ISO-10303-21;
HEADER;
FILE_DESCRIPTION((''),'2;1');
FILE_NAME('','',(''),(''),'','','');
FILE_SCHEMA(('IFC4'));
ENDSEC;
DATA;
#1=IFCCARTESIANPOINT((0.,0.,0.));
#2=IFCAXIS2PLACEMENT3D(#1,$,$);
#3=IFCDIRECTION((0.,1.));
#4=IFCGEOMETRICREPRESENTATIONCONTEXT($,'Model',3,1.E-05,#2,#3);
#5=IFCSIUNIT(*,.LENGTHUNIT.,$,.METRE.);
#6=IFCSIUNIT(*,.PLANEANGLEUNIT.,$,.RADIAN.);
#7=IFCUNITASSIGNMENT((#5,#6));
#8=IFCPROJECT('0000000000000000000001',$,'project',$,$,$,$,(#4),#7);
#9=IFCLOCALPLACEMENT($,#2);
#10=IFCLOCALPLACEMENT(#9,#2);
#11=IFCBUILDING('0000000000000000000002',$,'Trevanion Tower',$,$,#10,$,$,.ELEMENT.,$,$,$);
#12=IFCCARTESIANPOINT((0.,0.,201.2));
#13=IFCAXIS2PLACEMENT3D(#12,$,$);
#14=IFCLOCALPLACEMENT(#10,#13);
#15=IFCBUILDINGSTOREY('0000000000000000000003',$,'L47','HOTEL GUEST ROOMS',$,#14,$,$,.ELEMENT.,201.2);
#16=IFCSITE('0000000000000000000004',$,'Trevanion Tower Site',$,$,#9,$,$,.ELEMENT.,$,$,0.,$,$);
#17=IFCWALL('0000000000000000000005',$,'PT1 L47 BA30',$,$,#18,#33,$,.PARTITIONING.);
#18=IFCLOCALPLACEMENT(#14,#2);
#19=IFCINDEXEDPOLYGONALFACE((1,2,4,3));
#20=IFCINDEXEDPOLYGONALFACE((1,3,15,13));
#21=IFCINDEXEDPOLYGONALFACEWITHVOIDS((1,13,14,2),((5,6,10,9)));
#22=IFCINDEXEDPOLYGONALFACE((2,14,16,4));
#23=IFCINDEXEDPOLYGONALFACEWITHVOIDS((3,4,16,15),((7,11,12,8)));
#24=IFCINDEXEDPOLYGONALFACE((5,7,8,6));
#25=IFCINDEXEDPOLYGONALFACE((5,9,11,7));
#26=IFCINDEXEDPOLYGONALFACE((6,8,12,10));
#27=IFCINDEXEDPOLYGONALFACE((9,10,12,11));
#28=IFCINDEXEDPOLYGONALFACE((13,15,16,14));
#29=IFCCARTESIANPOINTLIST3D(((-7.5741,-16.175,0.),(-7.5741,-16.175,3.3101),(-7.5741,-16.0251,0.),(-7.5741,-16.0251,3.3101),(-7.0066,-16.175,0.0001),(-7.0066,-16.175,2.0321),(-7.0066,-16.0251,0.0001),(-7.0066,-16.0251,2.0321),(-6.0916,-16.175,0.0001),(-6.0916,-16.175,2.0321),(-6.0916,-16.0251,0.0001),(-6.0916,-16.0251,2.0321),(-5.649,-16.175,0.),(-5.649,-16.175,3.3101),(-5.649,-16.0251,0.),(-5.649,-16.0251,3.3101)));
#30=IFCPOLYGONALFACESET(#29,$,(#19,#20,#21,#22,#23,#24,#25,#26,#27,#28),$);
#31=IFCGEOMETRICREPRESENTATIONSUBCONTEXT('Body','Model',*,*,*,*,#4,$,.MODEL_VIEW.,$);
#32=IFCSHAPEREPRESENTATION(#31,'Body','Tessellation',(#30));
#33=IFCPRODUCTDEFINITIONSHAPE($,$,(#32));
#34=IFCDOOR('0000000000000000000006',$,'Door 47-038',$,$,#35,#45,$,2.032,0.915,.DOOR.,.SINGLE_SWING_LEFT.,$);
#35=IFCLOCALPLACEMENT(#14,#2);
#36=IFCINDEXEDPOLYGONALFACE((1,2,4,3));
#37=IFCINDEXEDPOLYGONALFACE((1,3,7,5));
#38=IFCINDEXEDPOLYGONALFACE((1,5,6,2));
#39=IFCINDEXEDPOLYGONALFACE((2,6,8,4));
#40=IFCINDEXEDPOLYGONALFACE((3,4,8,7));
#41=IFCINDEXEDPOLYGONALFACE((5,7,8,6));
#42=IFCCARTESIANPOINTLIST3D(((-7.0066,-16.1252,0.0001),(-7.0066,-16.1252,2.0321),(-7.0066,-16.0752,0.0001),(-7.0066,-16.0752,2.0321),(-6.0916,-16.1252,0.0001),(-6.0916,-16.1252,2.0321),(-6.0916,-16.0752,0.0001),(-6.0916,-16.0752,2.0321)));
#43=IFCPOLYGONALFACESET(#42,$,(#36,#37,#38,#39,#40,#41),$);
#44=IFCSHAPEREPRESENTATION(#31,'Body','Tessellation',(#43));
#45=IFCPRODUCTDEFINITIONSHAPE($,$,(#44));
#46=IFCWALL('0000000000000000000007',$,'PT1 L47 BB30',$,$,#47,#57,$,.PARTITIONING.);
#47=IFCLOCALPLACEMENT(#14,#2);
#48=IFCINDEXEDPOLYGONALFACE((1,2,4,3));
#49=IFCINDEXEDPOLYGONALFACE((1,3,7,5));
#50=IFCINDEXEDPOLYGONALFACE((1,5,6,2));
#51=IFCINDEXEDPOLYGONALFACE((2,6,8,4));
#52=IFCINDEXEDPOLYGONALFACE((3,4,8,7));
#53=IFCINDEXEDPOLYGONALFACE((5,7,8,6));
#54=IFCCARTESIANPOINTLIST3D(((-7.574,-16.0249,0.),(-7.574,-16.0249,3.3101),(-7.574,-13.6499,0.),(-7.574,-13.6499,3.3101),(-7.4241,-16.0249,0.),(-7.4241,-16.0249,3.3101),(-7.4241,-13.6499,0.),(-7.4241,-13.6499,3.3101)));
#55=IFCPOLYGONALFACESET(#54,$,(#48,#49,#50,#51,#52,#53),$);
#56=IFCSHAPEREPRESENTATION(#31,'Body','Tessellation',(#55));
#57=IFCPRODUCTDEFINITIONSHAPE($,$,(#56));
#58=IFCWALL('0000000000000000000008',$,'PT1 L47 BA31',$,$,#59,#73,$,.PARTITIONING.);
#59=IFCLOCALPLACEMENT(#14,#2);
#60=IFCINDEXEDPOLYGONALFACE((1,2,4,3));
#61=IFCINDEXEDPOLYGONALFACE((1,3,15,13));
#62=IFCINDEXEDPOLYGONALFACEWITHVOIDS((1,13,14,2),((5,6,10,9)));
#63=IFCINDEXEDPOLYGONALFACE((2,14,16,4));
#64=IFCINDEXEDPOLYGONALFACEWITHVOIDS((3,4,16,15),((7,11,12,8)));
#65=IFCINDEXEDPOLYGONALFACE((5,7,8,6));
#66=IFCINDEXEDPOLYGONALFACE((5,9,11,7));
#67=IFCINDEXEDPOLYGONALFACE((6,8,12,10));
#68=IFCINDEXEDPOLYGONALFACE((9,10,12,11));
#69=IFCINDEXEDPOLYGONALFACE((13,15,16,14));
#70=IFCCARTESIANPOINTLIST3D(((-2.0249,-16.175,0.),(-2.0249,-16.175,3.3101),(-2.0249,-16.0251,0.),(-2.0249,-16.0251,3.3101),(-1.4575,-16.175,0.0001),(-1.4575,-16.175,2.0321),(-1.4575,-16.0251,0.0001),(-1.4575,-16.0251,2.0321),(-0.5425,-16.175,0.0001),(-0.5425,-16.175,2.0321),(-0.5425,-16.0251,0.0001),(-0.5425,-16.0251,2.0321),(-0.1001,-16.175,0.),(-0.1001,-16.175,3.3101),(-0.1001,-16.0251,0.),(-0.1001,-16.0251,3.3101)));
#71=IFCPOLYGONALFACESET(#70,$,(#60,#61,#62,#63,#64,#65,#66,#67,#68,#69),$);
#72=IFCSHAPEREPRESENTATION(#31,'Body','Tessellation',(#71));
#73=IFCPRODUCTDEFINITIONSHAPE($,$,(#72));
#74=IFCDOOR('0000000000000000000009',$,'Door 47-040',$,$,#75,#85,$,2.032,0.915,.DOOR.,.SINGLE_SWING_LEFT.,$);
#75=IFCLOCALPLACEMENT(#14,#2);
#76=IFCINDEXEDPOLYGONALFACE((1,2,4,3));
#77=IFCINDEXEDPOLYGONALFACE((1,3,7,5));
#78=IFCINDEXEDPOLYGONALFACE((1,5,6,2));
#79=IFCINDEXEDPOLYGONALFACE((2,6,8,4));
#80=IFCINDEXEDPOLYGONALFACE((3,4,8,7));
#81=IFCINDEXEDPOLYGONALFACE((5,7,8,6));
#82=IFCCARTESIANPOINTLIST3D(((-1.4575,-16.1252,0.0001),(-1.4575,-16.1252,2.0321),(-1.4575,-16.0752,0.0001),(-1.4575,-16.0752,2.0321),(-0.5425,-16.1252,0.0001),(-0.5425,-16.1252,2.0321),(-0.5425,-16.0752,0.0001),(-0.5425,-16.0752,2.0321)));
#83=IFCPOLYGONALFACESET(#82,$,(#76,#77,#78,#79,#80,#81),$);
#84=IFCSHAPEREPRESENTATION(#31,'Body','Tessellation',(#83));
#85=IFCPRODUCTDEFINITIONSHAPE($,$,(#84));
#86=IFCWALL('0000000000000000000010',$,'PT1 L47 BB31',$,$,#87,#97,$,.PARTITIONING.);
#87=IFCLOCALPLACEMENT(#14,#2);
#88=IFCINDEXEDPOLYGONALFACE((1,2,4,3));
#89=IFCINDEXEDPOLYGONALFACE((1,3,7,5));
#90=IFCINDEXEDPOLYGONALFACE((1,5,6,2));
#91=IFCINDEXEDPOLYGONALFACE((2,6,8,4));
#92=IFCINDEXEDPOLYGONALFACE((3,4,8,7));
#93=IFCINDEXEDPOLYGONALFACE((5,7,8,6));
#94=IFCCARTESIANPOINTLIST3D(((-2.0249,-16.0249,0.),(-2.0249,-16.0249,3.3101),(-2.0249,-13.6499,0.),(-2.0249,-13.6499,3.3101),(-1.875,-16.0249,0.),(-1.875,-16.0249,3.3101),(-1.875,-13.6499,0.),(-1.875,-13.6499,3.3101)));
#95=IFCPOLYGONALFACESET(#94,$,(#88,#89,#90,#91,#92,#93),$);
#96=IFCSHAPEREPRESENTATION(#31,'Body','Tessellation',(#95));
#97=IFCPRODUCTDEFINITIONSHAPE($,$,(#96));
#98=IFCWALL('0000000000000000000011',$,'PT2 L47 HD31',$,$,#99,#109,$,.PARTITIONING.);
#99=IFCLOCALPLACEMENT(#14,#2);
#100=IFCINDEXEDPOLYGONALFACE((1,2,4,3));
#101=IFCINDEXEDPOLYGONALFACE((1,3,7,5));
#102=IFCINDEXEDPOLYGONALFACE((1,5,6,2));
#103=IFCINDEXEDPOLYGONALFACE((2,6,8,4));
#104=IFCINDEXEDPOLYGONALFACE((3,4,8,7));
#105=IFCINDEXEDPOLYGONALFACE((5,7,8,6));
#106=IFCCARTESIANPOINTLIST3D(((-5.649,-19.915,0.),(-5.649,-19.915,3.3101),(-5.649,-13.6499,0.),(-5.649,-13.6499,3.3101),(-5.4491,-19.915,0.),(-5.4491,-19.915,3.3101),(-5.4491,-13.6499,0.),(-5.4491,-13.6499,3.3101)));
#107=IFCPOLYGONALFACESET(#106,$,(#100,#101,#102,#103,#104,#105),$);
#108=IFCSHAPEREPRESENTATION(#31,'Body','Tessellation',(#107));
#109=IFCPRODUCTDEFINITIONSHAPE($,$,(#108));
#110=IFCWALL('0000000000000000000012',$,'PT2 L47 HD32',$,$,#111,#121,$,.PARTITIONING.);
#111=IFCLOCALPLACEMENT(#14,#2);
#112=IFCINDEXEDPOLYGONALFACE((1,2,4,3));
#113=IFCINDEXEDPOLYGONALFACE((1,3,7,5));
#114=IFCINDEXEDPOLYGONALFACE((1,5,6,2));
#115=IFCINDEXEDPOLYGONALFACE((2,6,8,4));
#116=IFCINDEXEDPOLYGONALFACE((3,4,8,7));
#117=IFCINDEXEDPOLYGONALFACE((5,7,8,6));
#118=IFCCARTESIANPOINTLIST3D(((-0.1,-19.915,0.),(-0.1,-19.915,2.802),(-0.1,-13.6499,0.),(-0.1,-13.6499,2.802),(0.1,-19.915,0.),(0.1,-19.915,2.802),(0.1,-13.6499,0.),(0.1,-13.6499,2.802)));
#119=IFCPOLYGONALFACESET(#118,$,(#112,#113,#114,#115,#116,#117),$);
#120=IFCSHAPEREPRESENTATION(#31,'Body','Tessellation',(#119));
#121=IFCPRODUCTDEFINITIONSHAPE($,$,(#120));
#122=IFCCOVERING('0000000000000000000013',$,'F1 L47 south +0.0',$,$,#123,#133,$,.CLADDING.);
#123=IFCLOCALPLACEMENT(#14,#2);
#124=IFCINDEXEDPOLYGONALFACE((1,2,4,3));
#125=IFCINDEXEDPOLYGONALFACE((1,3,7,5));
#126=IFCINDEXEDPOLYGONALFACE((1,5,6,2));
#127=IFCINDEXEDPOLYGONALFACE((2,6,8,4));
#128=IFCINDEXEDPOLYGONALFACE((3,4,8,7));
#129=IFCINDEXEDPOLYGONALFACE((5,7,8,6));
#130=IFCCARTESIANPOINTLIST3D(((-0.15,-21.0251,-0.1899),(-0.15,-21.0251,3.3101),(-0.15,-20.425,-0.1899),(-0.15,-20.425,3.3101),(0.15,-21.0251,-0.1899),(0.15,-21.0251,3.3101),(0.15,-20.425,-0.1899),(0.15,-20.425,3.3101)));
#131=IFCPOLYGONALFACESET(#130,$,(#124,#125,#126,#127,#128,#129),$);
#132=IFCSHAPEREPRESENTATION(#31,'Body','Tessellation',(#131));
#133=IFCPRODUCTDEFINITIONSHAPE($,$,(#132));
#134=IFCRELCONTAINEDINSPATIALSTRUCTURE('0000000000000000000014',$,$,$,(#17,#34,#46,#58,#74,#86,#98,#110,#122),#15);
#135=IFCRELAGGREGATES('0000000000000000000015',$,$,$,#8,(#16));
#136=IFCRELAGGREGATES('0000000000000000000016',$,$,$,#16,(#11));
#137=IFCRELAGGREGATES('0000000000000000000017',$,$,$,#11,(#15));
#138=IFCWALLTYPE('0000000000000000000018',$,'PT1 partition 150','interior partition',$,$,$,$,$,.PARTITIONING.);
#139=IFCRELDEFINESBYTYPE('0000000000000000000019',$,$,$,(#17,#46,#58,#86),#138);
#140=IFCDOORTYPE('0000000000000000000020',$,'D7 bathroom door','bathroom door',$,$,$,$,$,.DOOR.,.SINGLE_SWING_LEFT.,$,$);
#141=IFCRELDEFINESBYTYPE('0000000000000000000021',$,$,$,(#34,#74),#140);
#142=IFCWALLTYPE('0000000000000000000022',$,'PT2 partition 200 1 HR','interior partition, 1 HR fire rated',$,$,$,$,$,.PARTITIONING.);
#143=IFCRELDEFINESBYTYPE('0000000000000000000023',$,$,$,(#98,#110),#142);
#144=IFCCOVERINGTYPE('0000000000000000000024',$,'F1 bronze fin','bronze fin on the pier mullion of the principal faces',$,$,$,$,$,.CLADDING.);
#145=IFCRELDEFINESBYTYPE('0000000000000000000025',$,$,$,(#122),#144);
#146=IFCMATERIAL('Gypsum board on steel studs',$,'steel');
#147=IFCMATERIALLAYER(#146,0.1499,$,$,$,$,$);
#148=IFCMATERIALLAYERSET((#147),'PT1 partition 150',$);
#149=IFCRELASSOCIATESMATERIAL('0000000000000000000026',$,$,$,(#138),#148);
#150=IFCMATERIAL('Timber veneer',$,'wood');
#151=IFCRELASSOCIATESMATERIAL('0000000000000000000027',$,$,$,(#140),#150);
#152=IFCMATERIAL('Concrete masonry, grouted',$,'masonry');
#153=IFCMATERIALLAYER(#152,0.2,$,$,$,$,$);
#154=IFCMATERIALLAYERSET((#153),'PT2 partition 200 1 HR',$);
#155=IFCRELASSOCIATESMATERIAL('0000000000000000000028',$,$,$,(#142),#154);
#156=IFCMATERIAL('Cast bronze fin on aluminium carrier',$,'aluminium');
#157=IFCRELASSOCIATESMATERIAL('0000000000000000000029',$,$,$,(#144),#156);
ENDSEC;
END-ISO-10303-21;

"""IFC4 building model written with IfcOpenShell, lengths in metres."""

from ifc_helpers import new_model, si_unit, direction, frame, frame_2d, origin, origin_2d, place, context, subcontext, project, spatial, rectangle, extrude, material, layer, layer_set, type_object, element, fill, save


model = new_model("IFC4")

# Units and contexts
model_context = context("Model", 3, precision=1e-05, world=origin(), true_north=direction((0.0, 1.0)))
body_context = subcontext(model_context, "Body", "Model", "MODEL_VIEW")
ifc_project = project(units=[si_unit("LENGTHUNIT", "METRE"), si_unit("PLANEANGLEUNIT", "RADIAN")], contexts=[model_context])

# Site, building, storey
site_placement = place(None, origin())
site = spatial("IfcSite", under=ifc_project, at=site_placement, Name="Trevanion Tower Site", CompositionType="ELEMENT", RefElevation=0.0)
building_placement = place(site_placement, origin())
building = spatial("IfcBuilding", under=site, at=building_placement, Name="Trevanion Tower", CompositionType="ELEMENT")
storey_placement = place(building_placement, frame((0.0, 0.0, 201.2)))
storey = spatial("IfcBuildingStorey", under=building, at=storey_placement, Name="L47", Description="HOTEL GUEST ROOMS", CompositionType="ELEMENT", Elevation=201.2)

# Wall, opening, door
ifc_material_1 = material(Name="Gypsum board on steel studs", Category="steel")
ifc_layer_1 = layer(ifc_material_1, 0.1499)
ifc_layer_set_1 = layer_set([ifc_layer_1], Name="PT1 partition 150")
wall_type_1 = type_object("IfcWallType", Name="PT1 partition 150", Description="interior partition", PredefinedType="PARTITIONING", material=ifc_layer_set_1)
wall_1_placement = place(storey_placement, frame((-7.574, -16.1001, 0.0), z_axis=(0.0, 0.0, 1.0), x_axis=(1.0, 0.0, 0.0)))
wall_1 = element("IfcWall", 1, at=wall_1_placement, inside=storey, type_object=wall_type_1, Name="PT1 L47 BA30", PredefinedType="PARTITIONING", context=body_context, shape_type="SweptSolid", body=[
    extrude(rectangle(XDim=1.925, YDim=0.1499, at=frame_2d((0.9624, 0.0))), origin(), (0.0, 0.0, 1.0), 3.3101),
])
opening_1_placement = place(wall_1_placement, frame((0.5674, 0.0, 0.0)))
opening_1 = element("IfcOpeningElement", 2, at=opening_1_placement, cuts=wall_1, PredefinedType="OPENING", context=body_context, shape_type="SweptSolid", body=[
    extrude(rectangle(XDim=0.915, YDim=2.032, at=frame_2d((0.4575, 1.0161))), frame((0.0, 0.085, 0.0), z_axis=(0.0, -1.0, 0.0), x_axis=(1.0, 0.0, 0.0)), (0.0, 0.0, 1.0), 0.1699),
])
ifc_material_2 = material(Name="Timber veneer", Category="wood")
door_type = type_object("IfcDoorType", Name="D7 bathroom door", Description="bathroom door", OperationType="SINGLE_SWING_LEFT", PredefinedType="DOOR", material=ifc_material_2)
door_1_placement = place(opening_1_placement, origin())
door_1 = element("IfcDoor", 3, at=door_1_placement, inside=storey, type_object=door_type, Name="Door 47-038", OperationType="SINGLE_SWING_LEFT", OverallHeight=2.032, OverallWidth=0.915, PredefinedType="DOOR", context=body_context, shape_type="SweptSolid", body=[
    extrude(rectangle(XDim=0.915, YDim=2.032, at=frame_2d((0.4575, 1.0161))), frame((0.0, 0.0249, 0.0), z_axis=(0.0, -1.0, 0.0), x_axis=(1.0, 0.0, 0.0)), (0.0, 0.0, 1.0), 0.05),
])
fill(opening_1, door_1)

# Wall
wall_2_placement = place(storey_placement, frame((-7.499, -13.6499, 0.0), z_axis=(0.0, 0.0, 1.0), x_axis=(0.0, -1.0, 0.0)))
element("IfcWall", 4, at=wall_2_placement, inside=storey, type_object=wall_type_1, Name="PT1 L47 BB30", PredefinedType="PARTITIONING", context=body_context, shape_type="SweptSolid", body=[
    extrude(rectangle(XDim=2.375, YDim=0.1499, at=frame_2d((1.1875, 0.0))), origin(), (0.0, 0.0, 1.0), 3.3101),
])

# Wall, opening, door
wall_3_placement = place(storey_placement, frame((-2.0249, -16.1001, 0.0), z_axis=(0.0, 0.0, 1.0), x_axis=(1.0, 0.0, 0.0)))
wall_3 = element("IfcWall", 5, at=wall_3_placement, inside=storey, type_object=wall_type_1, Name="PT1 L47 BA31", PredefinedType="PARTITIONING", context=body_context, shape_type="SweptSolid", body=[
    extrude(rectangle(XDim=1.9248, YDim=0.1499, at=frame_2d((0.9624, 0.0))), origin(), (0.0, 0.0, 1.0), 3.3101),
])
opening_2_placement = place(wall_3_placement, frame((0.5674, 0.0, 0.0)))
opening_2 = element("IfcOpeningElement", 6, at=opening_2_placement, cuts=wall_3, PredefinedType="OPENING", context=body_context, shape_type="SweptSolid", body=[
    extrude(rectangle(XDim=0.915, YDim=2.032, at=frame_2d((0.4575, 1.0161))), frame((0.0, 0.085, 0.0), z_axis=(0.0, -1.0, 0.0), x_axis=(1.0, 0.0, 0.0)), (0.0, 0.0, 1.0), 0.1699),
])
door_2_placement = place(opening_2_placement, origin())
door_2 = element("IfcDoor", 7, at=door_2_placement, inside=storey, type_object=door_type, Name="Door 47-040", OperationType="SINGLE_SWING_LEFT", OverallHeight=2.032, OverallWidth=0.915, PredefinedType="DOOR", context=body_context, shape_type="SweptSolid", body=[
    extrude(rectangle(XDim=0.915, YDim=2.032, at=frame_2d((0.4575, 1.0161))), frame((0.0, 0.0249, 0.0), z_axis=(0.0, -1.0, 0.0), x_axis=(1.0, 0.0, 0.0)), (0.0, 0.0, 1.0), 0.05),
])
fill(opening_2, door_2)

# Walls
wall_4_placement = place(storey_placement, frame((-1.95, -13.6499, 0.0), z_axis=(0.0, 0.0, 1.0), x_axis=(0.0, -1.0, 0.0)))
element("IfcWall", 8, at=wall_4_placement, inside=storey, type_object=wall_type_1, Name="PT1 L47 BB31", PredefinedType="PARTITIONING", context=body_context, shape_type="SweptSolid", body=[
    extrude(rectangle(XDim=2.375, YDim=0.1499, at=frame_2d((1.1875, 0.0))), origin(), (0.0, 0.0, 1.0), 3.3101),
])
ifc_material_3 = material(Name="Concrete masonry, grouted", Category="masonry")
ifc_layer_2 = layer(ifc_material_3, 0.2)
ifc_layer_set_2 = layer_set([ifc_layer_2], Name="PT2 partition 200 1 HR")
wall_type_2 = type_object("IfcWallType", Name="PT2 partition 200 1 HR", Description="interior partition, 1 HR fire rated", PredefinedType="PARTITIONING", material=ifc_layer_set_2)
wall_5_placement = place(storey_placement, frame((-5.5491, -13.6499, 0.0), z_axis=(0.0, 0.0, 1.0), x_axis=(0.0, -1.0, 0.0)))
element("IfcWall", 9, at=wall_5_placement, inside=storey, type_object=wall_type_2, Name="PT2 L47 HD31", PredefinedType="PARTITIONING", context=body_context, shape_type="SweptSolid", body=[
    extrude(rectangle(XDim=6.2651, YDim=0.2, at=frame_2d((3.1326, 0.0))), origin(), (0.0, 0.0, 1.0), 3.3101),
])
wall_6_placement = place(storey_placement, frame((0.0, -13.6499, 0.0), z_axis=(0.0, 0.0, 1.0), x_axis=(0.0, -1.0, 0.0)))
element("IfcWall", 10, at=wall_6_placement, inside=storey, type_object=wall_type_2, Name="PT2 L47 HD32", PredefinedType="PARTITIONING", context=body_context, shape_type="SweptSolid", body=[
    extrude(rectangle(XDim=6.2651, YDim=0.2, at=frame_2d((3.1326, 0.0))), origin(), (0.0, 0.0, 1.0), 2.802),
])

# Covering
ifc_material_4 = material(Name="Cast bronze fin on aluminium carrier", Category="aluminium")
covering_type = type_object("IfcCoveringType", Name="F1 bronze fin", Description="bronze fin on the pier mullion of the principal faces", PredefinedType="CLADDING", material=ifc_material_4)
covering_placement = place(storey_placement, frame((0.0, -20.7251, -0.1899), z_axis=(0.0, 0.0, 1.0), x_axis=(1.0, 0.0, 0.0)))
element("IfcCovering", 11, at=covering_placement, inside=storey, type_object=covering_type, Name="F1 L47 south +0.0", PredefinedType="CLADDING", context=body_context, shape_type="SweptSolid", body=[
    extrude(rectangle(XDim=0.3, YDim=0.6001, at=origin_2d()), origin(), (0.0, 0.0, 1.0), 3.5),
])

save(model, "model.ifc")
